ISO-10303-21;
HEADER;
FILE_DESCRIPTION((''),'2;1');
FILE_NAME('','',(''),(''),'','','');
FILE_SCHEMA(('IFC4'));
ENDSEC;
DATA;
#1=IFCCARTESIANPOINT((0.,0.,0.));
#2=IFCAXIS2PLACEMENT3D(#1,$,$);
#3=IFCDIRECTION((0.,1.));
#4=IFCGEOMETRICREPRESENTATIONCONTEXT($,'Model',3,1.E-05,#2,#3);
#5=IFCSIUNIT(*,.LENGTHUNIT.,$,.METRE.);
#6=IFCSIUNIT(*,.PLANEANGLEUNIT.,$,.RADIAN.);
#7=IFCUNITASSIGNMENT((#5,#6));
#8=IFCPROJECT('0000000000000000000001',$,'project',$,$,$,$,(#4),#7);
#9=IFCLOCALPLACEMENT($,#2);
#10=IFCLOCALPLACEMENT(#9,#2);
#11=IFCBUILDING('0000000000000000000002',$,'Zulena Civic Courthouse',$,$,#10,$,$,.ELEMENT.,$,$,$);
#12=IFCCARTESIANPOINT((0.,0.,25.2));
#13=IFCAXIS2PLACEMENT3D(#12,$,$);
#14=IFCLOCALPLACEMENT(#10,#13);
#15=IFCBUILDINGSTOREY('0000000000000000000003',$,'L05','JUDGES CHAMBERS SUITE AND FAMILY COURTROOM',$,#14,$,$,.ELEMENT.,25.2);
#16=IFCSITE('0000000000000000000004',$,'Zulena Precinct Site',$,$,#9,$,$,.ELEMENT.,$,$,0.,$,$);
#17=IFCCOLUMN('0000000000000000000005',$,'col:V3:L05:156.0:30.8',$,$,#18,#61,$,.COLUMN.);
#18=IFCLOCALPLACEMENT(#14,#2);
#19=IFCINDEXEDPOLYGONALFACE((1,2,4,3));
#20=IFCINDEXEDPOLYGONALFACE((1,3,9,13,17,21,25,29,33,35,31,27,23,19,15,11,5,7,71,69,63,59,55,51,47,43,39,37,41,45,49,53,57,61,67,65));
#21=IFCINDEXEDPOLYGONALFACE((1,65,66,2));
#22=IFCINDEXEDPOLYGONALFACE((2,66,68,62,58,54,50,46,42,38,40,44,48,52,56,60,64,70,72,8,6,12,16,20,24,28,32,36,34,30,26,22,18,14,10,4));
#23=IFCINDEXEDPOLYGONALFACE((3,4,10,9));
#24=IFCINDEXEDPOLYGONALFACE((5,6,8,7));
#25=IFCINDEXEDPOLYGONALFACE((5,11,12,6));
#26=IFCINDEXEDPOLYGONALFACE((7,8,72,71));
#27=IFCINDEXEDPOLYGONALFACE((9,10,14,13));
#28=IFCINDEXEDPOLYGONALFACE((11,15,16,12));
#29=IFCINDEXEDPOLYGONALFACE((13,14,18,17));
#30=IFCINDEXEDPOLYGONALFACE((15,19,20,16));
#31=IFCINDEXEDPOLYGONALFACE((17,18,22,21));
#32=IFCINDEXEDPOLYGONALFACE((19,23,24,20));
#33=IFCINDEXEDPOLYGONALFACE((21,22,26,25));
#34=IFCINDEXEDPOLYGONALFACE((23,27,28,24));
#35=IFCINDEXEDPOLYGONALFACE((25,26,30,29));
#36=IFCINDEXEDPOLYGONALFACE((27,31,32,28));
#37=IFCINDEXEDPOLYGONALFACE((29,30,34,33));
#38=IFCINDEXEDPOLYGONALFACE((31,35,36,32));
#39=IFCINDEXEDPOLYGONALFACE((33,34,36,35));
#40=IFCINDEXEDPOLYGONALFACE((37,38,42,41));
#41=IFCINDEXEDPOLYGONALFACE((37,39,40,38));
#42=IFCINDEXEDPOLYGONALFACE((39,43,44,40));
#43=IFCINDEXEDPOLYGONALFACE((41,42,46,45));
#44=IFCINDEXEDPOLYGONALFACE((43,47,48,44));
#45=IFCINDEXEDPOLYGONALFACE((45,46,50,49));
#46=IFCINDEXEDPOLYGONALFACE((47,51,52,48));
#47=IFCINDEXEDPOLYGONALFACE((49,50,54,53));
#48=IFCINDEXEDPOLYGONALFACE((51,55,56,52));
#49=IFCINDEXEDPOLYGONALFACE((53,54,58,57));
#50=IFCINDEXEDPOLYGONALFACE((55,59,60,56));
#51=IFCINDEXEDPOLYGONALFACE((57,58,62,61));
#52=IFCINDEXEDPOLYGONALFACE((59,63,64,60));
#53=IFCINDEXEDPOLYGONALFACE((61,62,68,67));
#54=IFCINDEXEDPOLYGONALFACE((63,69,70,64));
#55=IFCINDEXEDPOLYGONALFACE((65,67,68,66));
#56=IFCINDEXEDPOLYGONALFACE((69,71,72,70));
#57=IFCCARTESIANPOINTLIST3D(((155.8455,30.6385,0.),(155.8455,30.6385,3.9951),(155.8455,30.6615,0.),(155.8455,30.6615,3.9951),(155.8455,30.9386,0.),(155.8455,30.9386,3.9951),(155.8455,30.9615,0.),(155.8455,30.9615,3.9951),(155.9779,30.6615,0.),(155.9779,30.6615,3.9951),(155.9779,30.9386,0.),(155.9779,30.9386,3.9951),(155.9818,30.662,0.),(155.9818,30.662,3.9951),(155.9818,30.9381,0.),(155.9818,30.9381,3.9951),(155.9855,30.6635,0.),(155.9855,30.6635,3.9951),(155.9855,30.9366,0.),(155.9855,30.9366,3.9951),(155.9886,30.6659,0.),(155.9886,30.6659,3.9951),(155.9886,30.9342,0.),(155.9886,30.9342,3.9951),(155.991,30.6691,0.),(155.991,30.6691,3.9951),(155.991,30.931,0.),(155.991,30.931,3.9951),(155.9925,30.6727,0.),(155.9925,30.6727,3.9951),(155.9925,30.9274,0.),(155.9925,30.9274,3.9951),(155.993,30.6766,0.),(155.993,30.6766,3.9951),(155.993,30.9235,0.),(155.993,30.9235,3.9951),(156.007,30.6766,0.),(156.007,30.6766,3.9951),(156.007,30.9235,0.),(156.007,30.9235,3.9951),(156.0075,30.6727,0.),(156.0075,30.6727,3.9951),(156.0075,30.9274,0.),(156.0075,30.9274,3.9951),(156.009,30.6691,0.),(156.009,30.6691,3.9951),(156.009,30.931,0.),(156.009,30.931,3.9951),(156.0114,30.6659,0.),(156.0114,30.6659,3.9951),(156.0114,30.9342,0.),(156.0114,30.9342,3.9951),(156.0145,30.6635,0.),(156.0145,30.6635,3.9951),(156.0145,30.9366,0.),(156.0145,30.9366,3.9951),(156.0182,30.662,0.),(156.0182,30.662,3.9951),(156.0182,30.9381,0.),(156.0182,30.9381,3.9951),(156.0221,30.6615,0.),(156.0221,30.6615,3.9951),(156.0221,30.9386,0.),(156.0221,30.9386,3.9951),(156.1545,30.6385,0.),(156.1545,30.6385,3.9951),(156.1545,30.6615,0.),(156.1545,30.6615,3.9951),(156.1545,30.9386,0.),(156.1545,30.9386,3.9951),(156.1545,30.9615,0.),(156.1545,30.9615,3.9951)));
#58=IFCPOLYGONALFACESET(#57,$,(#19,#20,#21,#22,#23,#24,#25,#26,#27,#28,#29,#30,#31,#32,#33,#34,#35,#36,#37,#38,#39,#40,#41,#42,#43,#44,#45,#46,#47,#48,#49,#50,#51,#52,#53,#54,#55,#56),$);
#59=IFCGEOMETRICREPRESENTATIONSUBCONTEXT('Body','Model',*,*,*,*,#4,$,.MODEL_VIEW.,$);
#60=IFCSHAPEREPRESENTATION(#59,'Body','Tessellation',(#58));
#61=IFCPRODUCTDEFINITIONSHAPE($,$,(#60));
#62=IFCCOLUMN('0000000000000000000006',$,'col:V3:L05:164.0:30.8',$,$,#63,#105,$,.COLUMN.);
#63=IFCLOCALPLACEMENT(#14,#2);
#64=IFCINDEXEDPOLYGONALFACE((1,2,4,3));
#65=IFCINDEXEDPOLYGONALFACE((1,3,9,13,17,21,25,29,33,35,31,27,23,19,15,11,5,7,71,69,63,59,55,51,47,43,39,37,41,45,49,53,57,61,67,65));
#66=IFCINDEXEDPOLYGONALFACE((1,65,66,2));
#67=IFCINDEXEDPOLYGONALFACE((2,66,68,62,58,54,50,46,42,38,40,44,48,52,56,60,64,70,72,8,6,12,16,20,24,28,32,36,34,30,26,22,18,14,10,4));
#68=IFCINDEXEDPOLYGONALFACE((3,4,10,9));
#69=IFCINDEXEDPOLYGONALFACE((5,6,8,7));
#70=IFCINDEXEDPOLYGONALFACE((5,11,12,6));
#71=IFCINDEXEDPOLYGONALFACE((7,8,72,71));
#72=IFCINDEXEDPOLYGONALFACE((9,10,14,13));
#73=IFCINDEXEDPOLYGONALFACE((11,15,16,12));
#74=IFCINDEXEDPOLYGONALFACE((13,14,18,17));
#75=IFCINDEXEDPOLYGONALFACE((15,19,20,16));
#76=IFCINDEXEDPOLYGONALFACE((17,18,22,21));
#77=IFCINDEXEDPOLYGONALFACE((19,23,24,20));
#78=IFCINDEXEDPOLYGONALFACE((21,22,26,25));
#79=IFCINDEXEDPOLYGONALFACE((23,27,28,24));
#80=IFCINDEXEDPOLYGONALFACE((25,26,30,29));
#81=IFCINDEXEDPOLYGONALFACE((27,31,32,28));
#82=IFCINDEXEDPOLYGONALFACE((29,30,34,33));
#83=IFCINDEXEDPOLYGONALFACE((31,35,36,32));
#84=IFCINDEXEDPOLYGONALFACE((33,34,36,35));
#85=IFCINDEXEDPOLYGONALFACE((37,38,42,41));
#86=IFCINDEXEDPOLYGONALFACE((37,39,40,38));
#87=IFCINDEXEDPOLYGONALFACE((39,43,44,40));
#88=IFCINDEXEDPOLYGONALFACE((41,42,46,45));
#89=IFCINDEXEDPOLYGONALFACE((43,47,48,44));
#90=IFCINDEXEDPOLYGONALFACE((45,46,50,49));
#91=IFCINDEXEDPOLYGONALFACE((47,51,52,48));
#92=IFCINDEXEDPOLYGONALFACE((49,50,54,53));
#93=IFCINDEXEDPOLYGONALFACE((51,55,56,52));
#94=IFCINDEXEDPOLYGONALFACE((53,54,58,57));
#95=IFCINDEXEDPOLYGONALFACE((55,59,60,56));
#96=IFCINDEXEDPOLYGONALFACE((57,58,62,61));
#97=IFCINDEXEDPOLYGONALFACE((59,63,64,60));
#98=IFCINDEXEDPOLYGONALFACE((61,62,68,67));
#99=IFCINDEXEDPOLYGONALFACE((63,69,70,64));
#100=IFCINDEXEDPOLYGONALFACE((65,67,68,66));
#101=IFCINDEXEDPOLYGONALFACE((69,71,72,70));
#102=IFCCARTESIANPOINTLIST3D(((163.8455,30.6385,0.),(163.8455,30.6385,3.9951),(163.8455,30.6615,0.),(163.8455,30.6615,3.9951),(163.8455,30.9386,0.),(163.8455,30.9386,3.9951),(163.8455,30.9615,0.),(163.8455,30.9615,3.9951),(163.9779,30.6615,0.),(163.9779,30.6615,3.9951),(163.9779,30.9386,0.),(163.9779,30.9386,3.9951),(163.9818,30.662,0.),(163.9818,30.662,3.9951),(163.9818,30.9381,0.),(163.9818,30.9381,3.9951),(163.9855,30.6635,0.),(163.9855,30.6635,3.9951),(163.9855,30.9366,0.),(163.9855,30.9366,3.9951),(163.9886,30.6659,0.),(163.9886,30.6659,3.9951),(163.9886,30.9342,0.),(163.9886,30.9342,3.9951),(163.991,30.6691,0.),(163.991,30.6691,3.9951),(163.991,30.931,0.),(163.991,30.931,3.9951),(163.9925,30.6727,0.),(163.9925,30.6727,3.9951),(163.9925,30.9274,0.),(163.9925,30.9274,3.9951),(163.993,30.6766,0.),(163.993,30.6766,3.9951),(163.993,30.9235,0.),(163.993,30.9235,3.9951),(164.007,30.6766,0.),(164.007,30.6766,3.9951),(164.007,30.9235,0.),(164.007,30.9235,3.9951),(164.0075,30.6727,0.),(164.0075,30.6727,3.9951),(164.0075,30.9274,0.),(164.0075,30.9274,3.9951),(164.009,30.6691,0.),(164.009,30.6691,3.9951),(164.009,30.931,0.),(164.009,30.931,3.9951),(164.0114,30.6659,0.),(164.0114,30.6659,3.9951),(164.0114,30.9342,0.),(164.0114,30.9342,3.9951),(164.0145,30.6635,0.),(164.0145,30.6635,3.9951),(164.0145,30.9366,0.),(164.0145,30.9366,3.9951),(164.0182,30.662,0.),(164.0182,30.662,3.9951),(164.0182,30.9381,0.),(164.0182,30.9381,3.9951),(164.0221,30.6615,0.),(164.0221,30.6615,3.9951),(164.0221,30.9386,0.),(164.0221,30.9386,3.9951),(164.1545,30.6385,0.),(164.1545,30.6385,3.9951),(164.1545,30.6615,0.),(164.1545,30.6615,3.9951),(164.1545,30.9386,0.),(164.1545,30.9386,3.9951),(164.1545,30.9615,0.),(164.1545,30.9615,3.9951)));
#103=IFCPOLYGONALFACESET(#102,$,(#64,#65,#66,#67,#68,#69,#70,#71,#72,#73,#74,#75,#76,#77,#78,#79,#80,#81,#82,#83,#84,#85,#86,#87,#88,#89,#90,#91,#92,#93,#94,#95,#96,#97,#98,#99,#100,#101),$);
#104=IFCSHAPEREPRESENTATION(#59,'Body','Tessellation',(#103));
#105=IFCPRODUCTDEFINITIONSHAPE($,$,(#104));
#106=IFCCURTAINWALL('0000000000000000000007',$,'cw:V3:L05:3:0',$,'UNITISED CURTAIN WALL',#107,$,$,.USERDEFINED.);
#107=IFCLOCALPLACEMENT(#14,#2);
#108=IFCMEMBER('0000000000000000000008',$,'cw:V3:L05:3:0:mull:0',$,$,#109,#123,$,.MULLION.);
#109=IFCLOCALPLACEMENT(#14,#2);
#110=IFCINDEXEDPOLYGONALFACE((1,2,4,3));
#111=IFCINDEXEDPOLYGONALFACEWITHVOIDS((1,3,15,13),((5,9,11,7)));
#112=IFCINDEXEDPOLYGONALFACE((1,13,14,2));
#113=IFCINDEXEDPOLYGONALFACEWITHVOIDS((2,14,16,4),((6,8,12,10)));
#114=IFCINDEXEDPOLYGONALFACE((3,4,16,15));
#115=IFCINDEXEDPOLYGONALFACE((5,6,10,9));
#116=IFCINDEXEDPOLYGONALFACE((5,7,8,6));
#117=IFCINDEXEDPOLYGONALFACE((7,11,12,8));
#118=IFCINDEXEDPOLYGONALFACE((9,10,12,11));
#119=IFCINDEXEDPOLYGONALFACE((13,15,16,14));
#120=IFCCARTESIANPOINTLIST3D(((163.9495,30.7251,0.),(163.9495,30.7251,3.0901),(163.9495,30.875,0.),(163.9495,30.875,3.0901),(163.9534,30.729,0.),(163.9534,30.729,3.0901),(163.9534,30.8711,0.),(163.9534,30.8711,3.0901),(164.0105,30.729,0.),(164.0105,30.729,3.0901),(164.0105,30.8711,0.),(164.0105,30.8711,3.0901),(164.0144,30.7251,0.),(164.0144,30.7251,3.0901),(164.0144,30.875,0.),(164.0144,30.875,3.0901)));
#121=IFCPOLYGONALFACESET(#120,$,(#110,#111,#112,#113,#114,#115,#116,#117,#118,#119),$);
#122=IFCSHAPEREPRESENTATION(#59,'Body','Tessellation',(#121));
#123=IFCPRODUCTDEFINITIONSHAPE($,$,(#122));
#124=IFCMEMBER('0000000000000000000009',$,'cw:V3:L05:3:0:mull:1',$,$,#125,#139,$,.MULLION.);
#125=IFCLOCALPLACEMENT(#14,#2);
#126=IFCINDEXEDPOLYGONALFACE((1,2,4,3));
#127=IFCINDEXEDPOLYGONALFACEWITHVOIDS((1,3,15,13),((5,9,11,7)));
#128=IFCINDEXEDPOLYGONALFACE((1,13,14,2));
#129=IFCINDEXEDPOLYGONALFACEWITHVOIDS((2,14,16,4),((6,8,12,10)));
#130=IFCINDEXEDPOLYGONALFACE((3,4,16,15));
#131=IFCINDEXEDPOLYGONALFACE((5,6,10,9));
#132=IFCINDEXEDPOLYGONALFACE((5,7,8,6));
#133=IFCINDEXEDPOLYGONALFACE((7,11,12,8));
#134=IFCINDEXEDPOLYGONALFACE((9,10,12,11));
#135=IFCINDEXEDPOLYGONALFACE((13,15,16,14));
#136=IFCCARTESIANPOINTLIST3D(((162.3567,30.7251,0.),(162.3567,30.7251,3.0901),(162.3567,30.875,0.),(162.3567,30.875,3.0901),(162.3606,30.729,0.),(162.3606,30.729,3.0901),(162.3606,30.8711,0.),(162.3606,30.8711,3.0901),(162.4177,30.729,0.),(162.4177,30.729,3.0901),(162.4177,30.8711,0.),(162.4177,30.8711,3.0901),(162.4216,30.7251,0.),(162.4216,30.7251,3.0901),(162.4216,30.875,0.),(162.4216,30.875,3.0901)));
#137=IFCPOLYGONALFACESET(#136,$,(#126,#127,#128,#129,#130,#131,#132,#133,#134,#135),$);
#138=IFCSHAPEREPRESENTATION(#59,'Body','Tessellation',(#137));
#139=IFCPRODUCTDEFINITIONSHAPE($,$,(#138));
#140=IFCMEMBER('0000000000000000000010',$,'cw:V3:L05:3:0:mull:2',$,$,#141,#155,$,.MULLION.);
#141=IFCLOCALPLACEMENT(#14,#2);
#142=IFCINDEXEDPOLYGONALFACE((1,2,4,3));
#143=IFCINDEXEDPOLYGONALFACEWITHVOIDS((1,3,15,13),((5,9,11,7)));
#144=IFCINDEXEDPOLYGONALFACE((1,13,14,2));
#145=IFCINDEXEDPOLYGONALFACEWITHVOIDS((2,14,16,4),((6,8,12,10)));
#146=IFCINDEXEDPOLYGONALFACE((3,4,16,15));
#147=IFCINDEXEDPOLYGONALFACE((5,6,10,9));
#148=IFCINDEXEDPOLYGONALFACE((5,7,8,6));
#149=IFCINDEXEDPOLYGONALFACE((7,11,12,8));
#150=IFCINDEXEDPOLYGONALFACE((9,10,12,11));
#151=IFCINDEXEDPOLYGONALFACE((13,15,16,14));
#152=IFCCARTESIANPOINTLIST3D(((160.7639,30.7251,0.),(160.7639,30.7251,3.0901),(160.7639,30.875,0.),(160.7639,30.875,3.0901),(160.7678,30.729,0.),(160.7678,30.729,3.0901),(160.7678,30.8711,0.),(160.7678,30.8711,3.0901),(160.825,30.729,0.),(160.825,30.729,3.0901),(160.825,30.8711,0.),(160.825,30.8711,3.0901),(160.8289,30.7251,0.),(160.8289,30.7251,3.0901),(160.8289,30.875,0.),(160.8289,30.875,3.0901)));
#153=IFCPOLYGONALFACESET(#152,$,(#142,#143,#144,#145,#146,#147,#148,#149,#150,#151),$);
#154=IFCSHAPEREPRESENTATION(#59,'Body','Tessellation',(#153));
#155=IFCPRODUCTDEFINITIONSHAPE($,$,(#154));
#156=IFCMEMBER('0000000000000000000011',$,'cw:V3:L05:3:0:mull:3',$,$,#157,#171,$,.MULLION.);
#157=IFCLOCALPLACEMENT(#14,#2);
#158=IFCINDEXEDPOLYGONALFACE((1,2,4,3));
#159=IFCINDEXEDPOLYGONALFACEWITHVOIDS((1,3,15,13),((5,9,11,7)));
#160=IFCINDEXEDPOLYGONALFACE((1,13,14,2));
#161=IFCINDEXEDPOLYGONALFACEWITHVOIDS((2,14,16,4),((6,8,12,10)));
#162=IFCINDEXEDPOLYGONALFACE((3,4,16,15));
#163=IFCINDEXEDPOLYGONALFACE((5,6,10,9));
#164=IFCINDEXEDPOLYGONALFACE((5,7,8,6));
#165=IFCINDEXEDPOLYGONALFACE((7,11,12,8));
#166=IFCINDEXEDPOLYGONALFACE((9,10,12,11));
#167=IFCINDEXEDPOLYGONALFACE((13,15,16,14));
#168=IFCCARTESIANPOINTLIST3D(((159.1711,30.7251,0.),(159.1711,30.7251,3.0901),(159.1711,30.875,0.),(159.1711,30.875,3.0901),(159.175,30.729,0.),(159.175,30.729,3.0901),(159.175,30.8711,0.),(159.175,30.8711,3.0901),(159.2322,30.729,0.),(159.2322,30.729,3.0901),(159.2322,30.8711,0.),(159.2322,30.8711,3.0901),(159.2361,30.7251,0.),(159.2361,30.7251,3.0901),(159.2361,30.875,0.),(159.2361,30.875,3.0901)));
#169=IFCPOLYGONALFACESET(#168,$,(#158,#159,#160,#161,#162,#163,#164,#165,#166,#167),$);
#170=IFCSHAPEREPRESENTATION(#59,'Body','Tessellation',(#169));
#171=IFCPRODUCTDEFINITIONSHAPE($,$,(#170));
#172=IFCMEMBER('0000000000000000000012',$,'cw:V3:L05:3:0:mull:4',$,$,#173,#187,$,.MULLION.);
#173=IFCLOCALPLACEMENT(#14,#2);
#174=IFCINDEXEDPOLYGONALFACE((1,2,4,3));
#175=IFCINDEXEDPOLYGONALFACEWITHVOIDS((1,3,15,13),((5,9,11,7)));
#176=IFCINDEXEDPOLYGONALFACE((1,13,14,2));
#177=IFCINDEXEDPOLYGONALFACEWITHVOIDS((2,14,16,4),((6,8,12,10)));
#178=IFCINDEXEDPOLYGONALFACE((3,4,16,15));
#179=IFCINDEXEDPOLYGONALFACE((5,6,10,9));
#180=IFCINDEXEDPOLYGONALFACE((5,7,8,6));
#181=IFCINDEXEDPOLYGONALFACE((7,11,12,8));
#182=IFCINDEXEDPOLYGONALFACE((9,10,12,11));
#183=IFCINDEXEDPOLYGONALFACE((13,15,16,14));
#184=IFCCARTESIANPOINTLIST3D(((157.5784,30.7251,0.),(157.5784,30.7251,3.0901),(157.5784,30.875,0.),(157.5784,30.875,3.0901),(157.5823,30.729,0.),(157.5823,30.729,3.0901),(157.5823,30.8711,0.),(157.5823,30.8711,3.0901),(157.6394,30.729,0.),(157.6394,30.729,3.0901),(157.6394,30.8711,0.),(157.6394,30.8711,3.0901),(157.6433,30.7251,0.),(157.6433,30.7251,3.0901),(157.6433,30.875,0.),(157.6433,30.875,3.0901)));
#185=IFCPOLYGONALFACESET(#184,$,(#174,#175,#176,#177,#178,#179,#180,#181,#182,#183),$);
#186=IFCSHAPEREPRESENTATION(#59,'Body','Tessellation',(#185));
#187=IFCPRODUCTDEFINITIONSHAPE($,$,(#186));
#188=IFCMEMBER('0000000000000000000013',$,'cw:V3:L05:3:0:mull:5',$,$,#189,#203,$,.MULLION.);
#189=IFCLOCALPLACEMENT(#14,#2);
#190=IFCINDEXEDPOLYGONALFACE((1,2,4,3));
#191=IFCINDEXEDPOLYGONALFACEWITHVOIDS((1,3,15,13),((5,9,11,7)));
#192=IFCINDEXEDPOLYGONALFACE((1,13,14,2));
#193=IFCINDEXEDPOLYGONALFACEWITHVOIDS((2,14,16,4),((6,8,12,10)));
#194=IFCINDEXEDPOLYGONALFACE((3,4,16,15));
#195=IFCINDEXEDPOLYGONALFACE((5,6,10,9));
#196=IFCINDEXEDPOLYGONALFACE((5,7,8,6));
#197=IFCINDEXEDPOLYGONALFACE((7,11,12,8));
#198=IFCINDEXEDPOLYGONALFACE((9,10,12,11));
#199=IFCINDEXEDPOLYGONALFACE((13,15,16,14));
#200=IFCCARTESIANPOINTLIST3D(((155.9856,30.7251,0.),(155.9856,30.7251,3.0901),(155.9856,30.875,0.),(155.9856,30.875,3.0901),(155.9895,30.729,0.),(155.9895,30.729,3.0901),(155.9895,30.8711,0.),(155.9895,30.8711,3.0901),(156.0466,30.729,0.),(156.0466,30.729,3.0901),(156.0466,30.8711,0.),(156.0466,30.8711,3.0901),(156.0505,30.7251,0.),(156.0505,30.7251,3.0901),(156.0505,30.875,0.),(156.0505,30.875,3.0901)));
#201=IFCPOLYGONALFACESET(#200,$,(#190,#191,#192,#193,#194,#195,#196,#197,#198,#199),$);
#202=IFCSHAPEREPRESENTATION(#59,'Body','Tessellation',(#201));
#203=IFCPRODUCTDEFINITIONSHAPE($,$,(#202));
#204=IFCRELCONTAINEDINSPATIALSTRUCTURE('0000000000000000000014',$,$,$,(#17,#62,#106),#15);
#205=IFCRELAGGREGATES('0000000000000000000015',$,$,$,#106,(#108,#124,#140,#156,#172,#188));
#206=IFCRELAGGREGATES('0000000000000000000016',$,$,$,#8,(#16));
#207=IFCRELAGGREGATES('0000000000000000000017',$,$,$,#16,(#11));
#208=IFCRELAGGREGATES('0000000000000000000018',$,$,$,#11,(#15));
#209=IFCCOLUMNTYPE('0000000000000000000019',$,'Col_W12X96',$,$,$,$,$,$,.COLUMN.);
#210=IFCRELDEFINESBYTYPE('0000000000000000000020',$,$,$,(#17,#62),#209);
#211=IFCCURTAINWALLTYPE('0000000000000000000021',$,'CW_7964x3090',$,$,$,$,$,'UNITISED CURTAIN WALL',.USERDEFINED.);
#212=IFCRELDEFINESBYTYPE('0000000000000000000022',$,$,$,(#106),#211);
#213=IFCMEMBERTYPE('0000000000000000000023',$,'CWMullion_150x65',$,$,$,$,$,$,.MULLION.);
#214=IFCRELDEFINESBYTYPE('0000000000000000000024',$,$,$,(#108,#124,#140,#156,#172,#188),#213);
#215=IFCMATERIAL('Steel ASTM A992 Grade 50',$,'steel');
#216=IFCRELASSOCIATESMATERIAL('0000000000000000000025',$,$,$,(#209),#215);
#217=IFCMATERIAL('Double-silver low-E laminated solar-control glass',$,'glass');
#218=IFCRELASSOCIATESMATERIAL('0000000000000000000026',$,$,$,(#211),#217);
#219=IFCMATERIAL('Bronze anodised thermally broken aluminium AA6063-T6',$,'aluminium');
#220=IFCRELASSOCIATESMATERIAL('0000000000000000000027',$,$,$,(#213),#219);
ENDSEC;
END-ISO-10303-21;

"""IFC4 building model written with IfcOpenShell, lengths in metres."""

from ifc_helpers import new_model, si_unit, direction, frame, origin, origin_2d, place, context, subcontext, project, spatial, hollow_rectangle, i_section, extrude, material, material_profile, profile_set, type_object, element, aggregate, save


model = new_model("IFC4")

# Units and contexts
model_context = context("Model", 3, precision=1e-05, world=origin(), true_north=direction((0.0, 1.0)))
body_context = subcontext(model_context, "Body", "Model", "MODEL_VIEW")
ifc_project = project(units=[si_unit("LENGTHUNIT", "METRE"), si_unit("PLANEANGLEUNIT", "RADIAN")], contexts=[model_context])

# Site, building, storey
site_placement = place(None, origin())
site = spatial("IfcSite", under=ifc_project, at=site_placement, Name="Zulena Precinct Site", CompositionType="ELEMENT", RefElevation=0.0)
building_placement = place(site_placement, origin())
building = spatial("IfcBuilding", under=site, at=building_placement, Name="Zulena Civic Courthouse", CompositionType="ELEMENT")
storey_placement = place(building_placement, frame((0.0, 0.0, 25.2)))
storey = spatial("IfcBuildingStorey", under=building, at=storey_placement, Name="L05", Description="JUDGES CHAMBERS SUITE AND FAMILY COURTROOM", CompositionType="ELEMENT", Elevation=25.2)

# Columns
ifc_material_1 = material(Name="Steel ASTM A992 Grade 50", Category="steel")
ifc_material_profile_1 = material_profile(ifc_material_1, i_section(OverallWidth=0.3091, OverallDepth=0.323, WebThickness=0.0139, FlangeThickness=0.0229, FilletRadius=0.0151, at=origin_2d()), Name="W12X96")
ifc_profile_set_1 = profile_set([ifc_material_profile_1], Name="Steel ASTM A992 Grade 50")
column_type = type_object("IfcColumnType", Name="Col_W12X96", PredefinedType="COLUMN", material=ifc_profile_set_1)
for number, where, z_axis, x_axis, name in (
    (1, (156.0, 30.8, 0.0), (0.0, 0.0, 1.0), (1.0, 0.0, 0.0), "col:V3:L05:156.0:30.8"),
    (2, (164.0, 30.8, 0.0), (0.0, 0.0, 1.0), (1.0, 0.0, 0.0), "col:V3:L05:164.0:30.8"),
):
    element("IfcColumn", number, at=place(storey_placement, frame(where, z_axis=z_axis, x_axis=x_axis)), inside=storey, type_object=column_type, Name=name, PredefinedType="COLUMN", context=body_context, shape_type="SweptSolid", body=[
        extrude(i_section(OverallWidth=0.3091, OverallDepth=0.323, WebThickness=0.0139, FlangeThickness=0.0229, FilletRadius=0.0151, at=origin_2d()), origin(), (0.0, 0.0, 1.0), 3.9951),
    ])

# Curtain wall, members
ifc_material_2 = material(Name="Double-silver low-E laminated solar-control glass", Category="glass")
curtain_wall_type = type_object("IfcCurtainWallType", Name="CW_7964x3090", ElementType="UNITISED CURTAIN WALL", PredefinedType="USERDEFINED", material=ifc_material_2)
curtain_wall_placement = place(storey_placement, origin())
curtain_wall = element("IfcCurtainWall", 3, at=curtain_wall_placement, inside=storey, type_object=curtain_wall_type, Name="cw:V3:L05:3:0", ObjectType="UNITISED CURTAIN WALL", PredefinedType="USERDEFINED")
ifc_material_3 = material(Name="Bronze anodised thermally broken aluminium AA6063-T6", Category="aluminium")
ifc_material_profile_2 = material_profile(ifc_material_3, hollow_rectangle(XDim=0.0649, YDim=0.1499, WallThickness=0.0039, at=origin_2d()), Name="CWM150X65X4")
ifc_profile_set_2 = profile_set([ifc_material_profile_2], Name="Bronze anodised thermally broken aluminium AA6063-T6")
member_type_1 = type_object("IfcMemberType", Name="CWMullion_150x65", PredefinedType="MULLION", material=ifc_profile_set_2)
member_1_placement = place(storey_placement, frame((163.9819, 30.8, 0.0), z_axis=(0.0, 0.0, 1.0), x_axis=(1.0, 0.0, 0.0)))
member_1 = element("IfcMember", 4, at=member_1_placement, type_object=member_type_1, Name="cw:V3:L05:3:0:mull:0", PredefinedType="MULLION", context=body_context, shape_type="SweptSolid", body=[
    extrude(hollow_rectangle(XDim=0.0649, YDim=0.1499, WallThickness=0.0039, at=origin_2d()), origin(), (0.0, 0.0, 1.0), 3.0901),
])
member_2_placement = place(storey_placement, frame((162.3892, 30.8, 0.0), z_axis=(0.0, 0.0, 1.0), x_axis=(1.0, 0.0, 0.0)))
member_2 = element("IfcMember", 5, at=member_2_placement, type_object=member_type_1, Name="cw:V3:L05:3:0:mull:1", PredefinedType="MULLION", context=body_context, shape_type="SweptSolid", body=[
    extrude(hollow_rectangle(XDim=0.0649, YDim=0.1499, WallThickness=0.0039, at=origin_2d()), origin(), (0.0, 0.0, 1.0), 3.0901),
])
member_3_placement = place(storey_placement, frame((160.7964, 30.8, 0.0), z_axis=(0.0, 0.0, 1.0), x_axis=(1.0, 0.0, 0.0)))
member_3 = element("IfcMember", 6, at=member_3_placement, type_object=member_type_1, Name="cw:V3:L05:3:0:mull:2", PredefinedType="MULLION", context=body_context, shape_type="SweptSolid", body=[
    extrude(hollow_rectangle(XDim=0.0649, YDim=0.1499, WallThickness=0.0039, at=origin_2d()), origin(), (0.0, 0.0, 1.0), 3.0901),
])
member_4_placement = place(storey_placement, frame((159.2036, 30.8, 0.0), z_axis=(0.0, 0.0, 1.0), x_axis=(1.0, 0.0, 0.0)))
member_4 = element("IfcMember", 7, at=member_4_placement, type_object=member_type_1, Name="cw:V3:L05:3:0:mull:3", PredefinedType="MULLION", context=body_context, shape_type="SweptSolid", body=[
    extrude(hollow_rectangle(XDim=0.0649, YDim=0.1499, WallThickness=0.0039, at=origin_2d()), origin(), (0.0, 0.0, 1.0), 3.0901),
])
member_5_placement = place(storey_placement, frame((157.6108, 30.8, 0.0), z_axis=(0.0, 0.0, 1.0), x_axis=(1.0, 0.0, 0.0)))
member_5 = element("IfcMember", 8, at=member_5_placement, type_object=member_type_1, Name="cw:V3:L05:3:0:mull:4", PredefinedType="MULLION", context=body_context, shape_type="SweptSolid", body=[
    extrude(hollow_rectangle(XDim=0.0649, YDim=0.1499, WallThickness=0.0039, at=origin_2d()), origin(), (0.0, 0.0, 1.0), 3.0901),
])
member_6_placement = place(storey_placement, frame((156.0181, 30.8, 0.0), z_axis=(0.0, 0.0, 1.0), x_axis=(1.0, 0.0, 0.0)))
member_6 = element("IfcMember", 9, at=member_6_placement, type_object=member_type_1, Name="cw:V3:L05:3:0:mull:5", PredefinedType="MULLION", context=body_context, shape_type="SweptSolid", body=[
    extrude(hollow_rectangle(XDim=0.0649, YDim=0.1499, WallThickness=0.0039, at=origin_2d()), origin(), (0.0, 0.0, 1.0), 3.0901),
])

aggregate(curtain_wall, [member_1, member_2, member_3, member_4, member_5, member_6])

save(model, "model.ifc")
